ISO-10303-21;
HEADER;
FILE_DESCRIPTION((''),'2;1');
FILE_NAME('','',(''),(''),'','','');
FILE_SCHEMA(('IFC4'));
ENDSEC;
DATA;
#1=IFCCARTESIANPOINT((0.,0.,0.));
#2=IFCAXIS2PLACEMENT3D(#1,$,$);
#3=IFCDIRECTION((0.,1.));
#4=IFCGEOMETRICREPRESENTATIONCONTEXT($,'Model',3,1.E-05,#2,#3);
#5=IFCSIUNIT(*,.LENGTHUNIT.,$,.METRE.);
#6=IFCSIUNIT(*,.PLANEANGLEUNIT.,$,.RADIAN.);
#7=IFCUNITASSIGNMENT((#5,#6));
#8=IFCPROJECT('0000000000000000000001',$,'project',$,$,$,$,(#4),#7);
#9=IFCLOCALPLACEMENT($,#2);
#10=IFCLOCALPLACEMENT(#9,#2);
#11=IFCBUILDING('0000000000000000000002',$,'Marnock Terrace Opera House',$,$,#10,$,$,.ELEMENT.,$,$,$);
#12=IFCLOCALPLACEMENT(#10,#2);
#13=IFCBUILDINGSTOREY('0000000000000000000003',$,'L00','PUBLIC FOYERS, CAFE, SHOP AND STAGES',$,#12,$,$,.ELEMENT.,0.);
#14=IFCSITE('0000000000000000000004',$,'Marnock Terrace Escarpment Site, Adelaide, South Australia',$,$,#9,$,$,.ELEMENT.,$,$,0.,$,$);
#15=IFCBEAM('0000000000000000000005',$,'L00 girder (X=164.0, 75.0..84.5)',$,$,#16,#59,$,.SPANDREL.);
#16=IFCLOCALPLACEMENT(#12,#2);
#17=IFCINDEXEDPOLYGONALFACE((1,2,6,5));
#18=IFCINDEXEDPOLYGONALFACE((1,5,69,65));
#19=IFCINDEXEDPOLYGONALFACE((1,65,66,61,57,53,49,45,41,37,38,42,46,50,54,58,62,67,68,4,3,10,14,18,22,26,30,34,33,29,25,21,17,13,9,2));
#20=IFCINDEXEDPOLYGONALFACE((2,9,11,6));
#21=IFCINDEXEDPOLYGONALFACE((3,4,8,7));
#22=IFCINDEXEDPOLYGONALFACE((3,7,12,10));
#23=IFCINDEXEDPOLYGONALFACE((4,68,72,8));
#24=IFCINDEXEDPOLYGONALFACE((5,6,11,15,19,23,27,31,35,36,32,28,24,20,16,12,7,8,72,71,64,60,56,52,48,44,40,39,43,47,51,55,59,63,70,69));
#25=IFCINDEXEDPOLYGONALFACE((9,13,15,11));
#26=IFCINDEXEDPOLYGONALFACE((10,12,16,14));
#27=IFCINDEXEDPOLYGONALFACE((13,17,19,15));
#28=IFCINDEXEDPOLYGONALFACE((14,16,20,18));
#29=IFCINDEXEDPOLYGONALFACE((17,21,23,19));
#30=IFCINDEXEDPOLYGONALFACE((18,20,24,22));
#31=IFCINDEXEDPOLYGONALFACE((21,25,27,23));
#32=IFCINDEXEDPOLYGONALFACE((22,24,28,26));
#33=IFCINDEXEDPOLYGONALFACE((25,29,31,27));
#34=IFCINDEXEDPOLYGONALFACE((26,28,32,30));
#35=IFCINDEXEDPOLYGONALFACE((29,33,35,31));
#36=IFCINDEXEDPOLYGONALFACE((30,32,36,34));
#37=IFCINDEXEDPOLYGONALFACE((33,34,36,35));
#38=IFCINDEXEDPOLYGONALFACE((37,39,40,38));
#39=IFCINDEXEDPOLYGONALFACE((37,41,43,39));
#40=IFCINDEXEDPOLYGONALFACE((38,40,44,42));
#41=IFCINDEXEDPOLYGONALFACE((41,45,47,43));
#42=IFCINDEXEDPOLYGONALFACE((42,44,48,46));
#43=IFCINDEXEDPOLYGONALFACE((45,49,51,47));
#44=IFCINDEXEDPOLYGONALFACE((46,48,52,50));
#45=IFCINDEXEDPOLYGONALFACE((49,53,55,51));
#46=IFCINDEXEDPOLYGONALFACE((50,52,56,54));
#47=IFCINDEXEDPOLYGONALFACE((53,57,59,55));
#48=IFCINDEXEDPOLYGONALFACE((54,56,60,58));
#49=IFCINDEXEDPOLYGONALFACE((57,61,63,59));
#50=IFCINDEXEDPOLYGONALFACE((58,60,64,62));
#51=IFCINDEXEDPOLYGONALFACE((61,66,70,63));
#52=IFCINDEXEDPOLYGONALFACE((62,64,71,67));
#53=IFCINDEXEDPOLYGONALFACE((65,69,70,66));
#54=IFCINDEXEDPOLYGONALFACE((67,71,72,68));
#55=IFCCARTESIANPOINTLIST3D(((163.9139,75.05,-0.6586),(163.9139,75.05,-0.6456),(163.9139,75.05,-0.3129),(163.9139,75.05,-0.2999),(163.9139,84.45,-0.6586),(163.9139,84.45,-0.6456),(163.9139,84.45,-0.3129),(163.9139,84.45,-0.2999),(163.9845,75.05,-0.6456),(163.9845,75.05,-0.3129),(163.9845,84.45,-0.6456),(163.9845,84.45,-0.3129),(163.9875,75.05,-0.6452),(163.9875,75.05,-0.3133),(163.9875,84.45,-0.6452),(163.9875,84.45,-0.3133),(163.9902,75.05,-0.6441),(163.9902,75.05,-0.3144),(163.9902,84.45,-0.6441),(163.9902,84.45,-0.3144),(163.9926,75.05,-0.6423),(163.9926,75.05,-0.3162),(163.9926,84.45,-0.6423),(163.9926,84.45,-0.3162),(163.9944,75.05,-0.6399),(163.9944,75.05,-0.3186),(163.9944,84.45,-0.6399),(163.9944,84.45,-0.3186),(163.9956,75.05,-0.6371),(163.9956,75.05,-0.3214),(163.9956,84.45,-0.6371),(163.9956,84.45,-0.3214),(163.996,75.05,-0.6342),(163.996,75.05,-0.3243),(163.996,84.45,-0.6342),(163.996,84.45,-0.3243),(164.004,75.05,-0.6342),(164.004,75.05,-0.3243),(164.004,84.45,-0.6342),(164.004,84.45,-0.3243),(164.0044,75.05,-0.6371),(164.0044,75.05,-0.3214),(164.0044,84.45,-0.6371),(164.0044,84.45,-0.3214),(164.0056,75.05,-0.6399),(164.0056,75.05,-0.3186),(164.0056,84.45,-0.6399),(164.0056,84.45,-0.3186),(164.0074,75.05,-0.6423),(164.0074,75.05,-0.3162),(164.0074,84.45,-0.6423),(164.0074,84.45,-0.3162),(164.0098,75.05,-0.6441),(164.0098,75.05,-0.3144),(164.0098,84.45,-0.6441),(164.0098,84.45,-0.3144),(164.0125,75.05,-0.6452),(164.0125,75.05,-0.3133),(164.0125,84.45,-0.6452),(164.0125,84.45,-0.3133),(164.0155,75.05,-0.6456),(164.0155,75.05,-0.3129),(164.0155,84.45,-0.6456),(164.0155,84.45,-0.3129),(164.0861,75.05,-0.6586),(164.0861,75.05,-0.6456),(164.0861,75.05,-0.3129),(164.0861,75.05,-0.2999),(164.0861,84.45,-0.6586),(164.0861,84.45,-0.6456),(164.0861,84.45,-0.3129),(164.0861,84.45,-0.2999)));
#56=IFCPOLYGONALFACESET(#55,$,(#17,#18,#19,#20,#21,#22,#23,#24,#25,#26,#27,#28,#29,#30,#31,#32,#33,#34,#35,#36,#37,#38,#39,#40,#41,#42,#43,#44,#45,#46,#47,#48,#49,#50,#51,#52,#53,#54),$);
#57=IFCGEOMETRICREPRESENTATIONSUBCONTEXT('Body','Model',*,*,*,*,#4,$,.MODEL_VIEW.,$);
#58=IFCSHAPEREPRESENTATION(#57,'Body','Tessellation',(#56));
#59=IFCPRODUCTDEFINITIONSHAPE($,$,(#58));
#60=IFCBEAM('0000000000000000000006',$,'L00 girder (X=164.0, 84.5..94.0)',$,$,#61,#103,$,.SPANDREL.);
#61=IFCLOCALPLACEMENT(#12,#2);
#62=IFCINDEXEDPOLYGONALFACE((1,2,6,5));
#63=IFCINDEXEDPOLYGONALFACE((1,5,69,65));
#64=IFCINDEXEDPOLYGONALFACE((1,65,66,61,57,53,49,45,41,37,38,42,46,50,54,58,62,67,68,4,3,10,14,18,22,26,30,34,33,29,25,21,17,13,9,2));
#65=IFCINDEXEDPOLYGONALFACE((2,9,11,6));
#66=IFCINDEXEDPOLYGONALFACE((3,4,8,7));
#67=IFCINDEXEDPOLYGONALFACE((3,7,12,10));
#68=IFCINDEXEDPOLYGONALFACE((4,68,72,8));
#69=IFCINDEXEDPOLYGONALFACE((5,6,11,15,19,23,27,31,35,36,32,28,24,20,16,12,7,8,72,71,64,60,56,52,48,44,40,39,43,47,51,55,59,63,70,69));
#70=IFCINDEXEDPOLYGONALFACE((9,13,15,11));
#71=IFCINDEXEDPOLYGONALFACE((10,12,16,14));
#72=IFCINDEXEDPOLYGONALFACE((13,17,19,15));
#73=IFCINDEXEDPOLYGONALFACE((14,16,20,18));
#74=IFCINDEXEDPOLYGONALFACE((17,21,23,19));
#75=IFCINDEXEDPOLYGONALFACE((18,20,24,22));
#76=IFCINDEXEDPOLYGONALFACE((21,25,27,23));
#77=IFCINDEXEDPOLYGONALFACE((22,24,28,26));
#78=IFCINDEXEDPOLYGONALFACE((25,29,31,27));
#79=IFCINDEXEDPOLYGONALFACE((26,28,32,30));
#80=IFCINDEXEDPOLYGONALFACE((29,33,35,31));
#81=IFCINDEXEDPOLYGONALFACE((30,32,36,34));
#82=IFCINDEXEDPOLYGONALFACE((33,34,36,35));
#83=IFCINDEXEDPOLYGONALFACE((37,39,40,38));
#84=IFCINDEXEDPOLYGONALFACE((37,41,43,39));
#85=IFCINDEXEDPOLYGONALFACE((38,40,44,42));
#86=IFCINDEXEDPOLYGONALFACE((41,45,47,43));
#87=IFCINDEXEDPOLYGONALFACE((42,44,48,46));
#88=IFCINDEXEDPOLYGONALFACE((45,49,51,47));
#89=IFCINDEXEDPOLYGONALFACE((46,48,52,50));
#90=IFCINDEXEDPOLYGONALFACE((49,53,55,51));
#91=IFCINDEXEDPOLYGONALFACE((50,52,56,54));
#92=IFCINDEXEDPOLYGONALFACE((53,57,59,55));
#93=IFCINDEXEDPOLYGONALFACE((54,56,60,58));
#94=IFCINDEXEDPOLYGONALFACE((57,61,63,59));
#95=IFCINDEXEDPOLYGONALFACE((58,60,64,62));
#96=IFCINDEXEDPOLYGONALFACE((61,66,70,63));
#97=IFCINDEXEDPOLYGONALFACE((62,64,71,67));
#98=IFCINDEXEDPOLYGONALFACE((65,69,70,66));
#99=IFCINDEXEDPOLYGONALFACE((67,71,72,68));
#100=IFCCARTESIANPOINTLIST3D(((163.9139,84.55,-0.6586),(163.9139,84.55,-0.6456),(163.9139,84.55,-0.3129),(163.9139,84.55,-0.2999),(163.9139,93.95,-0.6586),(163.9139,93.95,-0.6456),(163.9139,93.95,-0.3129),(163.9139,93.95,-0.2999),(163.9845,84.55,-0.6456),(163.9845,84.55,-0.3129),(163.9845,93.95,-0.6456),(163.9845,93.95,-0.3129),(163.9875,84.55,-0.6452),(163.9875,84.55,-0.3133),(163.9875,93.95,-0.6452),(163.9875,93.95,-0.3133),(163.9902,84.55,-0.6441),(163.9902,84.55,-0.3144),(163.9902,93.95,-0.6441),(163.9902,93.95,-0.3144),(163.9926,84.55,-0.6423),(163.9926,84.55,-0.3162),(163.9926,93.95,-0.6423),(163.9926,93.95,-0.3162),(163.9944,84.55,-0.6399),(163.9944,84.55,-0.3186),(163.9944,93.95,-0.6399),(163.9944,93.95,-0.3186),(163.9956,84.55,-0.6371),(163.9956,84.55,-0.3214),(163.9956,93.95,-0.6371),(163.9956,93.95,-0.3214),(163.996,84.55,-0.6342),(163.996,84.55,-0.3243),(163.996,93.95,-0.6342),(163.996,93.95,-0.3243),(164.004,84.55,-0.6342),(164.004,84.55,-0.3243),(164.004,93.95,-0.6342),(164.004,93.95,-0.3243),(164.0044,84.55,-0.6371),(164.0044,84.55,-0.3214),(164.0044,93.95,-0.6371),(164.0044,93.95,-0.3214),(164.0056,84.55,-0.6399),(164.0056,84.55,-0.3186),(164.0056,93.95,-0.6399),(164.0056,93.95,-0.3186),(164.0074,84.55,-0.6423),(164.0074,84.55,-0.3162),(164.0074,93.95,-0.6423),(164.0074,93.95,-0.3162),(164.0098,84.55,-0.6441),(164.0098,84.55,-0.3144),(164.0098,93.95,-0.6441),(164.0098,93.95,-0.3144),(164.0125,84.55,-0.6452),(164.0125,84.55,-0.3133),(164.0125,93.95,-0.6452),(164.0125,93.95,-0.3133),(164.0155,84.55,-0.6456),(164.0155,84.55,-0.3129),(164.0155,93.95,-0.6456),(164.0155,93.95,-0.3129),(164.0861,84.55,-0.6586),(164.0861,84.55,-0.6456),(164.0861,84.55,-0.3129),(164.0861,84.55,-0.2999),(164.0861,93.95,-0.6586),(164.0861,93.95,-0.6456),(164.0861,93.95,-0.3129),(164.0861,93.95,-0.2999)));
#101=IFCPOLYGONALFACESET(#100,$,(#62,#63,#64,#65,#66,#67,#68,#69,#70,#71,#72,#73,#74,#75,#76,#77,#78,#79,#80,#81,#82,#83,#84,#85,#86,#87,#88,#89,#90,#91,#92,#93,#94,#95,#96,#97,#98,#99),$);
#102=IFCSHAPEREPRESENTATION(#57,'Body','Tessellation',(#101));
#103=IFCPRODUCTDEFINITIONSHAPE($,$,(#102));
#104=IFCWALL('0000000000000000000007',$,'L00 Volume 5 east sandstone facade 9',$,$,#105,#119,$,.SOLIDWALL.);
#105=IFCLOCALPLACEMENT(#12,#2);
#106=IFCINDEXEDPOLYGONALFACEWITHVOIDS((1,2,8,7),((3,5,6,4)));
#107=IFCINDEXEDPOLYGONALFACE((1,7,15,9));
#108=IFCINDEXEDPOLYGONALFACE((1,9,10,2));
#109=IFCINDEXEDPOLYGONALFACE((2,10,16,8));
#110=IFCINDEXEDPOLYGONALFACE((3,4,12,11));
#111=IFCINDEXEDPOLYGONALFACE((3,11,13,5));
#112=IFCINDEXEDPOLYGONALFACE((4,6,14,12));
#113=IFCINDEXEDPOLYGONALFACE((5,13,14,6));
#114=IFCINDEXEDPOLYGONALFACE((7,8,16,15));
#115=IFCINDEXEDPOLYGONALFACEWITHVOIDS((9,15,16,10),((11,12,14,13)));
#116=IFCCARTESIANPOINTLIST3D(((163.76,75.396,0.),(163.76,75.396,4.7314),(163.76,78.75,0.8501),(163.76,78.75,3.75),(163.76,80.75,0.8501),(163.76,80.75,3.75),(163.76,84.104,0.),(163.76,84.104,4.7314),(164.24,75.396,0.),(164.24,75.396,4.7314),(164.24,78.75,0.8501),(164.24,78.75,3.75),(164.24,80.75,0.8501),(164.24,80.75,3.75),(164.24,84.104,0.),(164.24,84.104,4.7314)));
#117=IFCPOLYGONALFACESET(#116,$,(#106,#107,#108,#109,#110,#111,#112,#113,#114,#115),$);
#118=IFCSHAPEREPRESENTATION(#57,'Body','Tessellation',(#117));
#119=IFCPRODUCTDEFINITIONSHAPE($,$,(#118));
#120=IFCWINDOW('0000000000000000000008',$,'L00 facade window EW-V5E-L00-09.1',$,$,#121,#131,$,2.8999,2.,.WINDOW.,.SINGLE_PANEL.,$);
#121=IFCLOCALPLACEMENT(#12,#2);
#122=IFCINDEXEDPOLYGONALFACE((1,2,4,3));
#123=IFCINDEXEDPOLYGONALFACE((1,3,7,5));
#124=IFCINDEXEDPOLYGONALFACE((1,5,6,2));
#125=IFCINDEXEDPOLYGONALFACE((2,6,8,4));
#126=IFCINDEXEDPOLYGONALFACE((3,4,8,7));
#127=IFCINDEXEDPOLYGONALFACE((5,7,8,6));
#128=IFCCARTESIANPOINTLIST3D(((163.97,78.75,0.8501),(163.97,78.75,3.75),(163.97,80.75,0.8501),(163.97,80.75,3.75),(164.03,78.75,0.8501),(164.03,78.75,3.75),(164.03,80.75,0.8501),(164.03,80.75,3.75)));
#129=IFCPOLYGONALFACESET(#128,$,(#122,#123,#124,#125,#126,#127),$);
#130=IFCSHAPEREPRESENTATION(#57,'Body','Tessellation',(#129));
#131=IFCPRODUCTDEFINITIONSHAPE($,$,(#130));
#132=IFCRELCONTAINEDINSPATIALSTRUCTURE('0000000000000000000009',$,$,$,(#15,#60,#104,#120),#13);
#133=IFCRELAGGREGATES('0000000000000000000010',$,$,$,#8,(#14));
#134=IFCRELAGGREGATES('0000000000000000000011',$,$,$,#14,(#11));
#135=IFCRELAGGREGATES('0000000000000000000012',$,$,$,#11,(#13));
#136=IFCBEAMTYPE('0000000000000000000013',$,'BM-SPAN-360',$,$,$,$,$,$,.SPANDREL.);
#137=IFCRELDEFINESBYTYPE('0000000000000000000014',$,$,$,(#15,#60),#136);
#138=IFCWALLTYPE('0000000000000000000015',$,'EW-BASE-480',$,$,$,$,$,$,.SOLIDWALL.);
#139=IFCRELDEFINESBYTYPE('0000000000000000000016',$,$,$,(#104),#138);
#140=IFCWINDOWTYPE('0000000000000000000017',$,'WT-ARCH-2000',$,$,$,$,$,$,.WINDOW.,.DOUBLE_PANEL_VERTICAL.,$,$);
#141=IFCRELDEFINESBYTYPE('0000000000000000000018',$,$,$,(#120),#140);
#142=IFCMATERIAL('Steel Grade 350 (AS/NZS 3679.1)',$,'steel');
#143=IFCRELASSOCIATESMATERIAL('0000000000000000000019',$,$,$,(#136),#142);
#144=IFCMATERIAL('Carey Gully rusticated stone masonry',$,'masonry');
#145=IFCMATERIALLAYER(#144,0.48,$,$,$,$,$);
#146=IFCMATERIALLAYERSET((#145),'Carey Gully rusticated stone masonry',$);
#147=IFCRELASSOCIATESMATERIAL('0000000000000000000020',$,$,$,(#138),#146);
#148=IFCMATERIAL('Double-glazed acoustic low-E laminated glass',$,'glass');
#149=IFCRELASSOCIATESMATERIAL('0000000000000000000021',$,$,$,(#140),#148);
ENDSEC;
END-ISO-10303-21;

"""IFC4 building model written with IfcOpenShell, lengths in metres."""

from ifc_helpers import new_model, si_unit, direction, frame, frame_2d, origin, origin_2d, place, context, subcontext, project, spatial, rectangle, i_section, extrude, material, layer, layer_set, material_profile, profile_set, type_object, element, fill, save


model = new_model("IFC4")

# Units and contexts
model_context = context("Model", 3, precision=1e-05, world=origin(), true_north=direction((0.0, 1.0)))
body_context = subcontext(model_context, "Body", "Model", "MODEL_VIEW")
ifc_project = project(units=[si_unit("LENGTHUNIT", "METRE"), si_unit("PLANEANGLEUNIT", "RADIAN")], contexts=[model_context])

# Site, building, storey
site_placement = place(None, origin())
site = spatial("IfcSite", under=ifc_project, at=site_placement, Name="Marnock Terrace Escarpment Site, Adelaide, South Australia", CompositionType="ELEMENT", RefElevation=0.0)
building_placement = place(site_placement, origin())
building = spatial("IfcBuilding", under=site, at=building_placement, Name="Marnock Terrace Opera House", CompositionType="ELEMENT")
storey_placement = place(building_placement, origin())
storey = spatial("IfcBuildingStorey", under=building, at=storey_placement, Name="L00", Description="PUBLIC FOYERS, CAFE, SHOP AND STAGES", CompositionType="ELEMENT", Elevation=0.0)

# Beams
ifc_material_1 = material(Name="Steel Grade 350 (AS/NZS 3679.1)", Category="steel")
ifc_material_profile_1 = material_profile(ifc_material_1, i_section(OverallWidth=0.1721, OverallDepth=0.3586, WebThickness=0.0081, FlangeThickness=0.0129, FilletRadius=0.0115, at=origin_2d()))
ifc_profile_set_1 = profile_set([ifc_material_profile_1], Name="Steel Grade 350 (AS/NZS 3679.1)")
beam_type_1 = type_object("IfcBeamType", Name="BM-SPAN-360", PredefinedType="SPANDREL", material=ifc_profile_set_1)
for number, where, z_axis, x_axis, name in (
    (1, (164.0, 75.05, -0.4792), (0.0, 1.0, 0.0), (-1.0, 0.0, 0.0), "L00 girder (X=164.0, 75.0..84.5)"),
    (2, (164.0, 84.55, -0.4792), (0.0, 1.0, 0.0), (-1.0, 0.0, 0.0), "L00 girder (X=164.0, 84.5..94.0)"),
):
    element("IfcBeam", number, at=place(storey_placement, frame(where, z_axis=z_axis, x_axis=x_axis)), inside=storey, type_object=beam_type_1, Name=name, PredefinedType="SPANDREL", context=body_context, shape_type="SweptSolid", body=[
        extrude(i_section(OverallWidth=0.1721, OverallDepth=0.3586, WebThickness=0.0081, FlangeThickness=0.0129, FilletRadius=0.0115, at=origin_2d()), origin(), (0.0, 0.0, 1.0), 9.3999),
    ])

# Wall, opening, window
ifc_material_2 = material(Name="Carey Gully rusticated stone masonry", Category="masonry")
ifc_layer = layer(ifc_material_2, 0.48)
ifc_layer_set = layer_set([ifc_layer], Name="Carey Gully rusticated stone masonry")
wall_type = type_object("IfcWallType", Name="EW-BASE-480", PredefinedType="SOLIDWALL", material=ifc_layer_set)
wall_placement = place(storey_placement, frame((164.0, 75.396, 0.0), z_axis=(0.0, 0.0, 1.0), x_axis=(0.0, 1.0, 0.0)))
wall = element("IfcWall", 3, at=wall_placement, inside=storey, type_object=wall_type, Name="L00 Volume 5 east sandstone facade 9", PredefinedType="SOLIDWALL", context=body_context, shape_type="SweptSolid", body=[
    extrude(rectangle(XDim=8.708, YDim=0.48, at=frame_2d((4.354, 0.0))), origin(), (0.0, 0.0, 1.0), 4.7314),
])
opening_placement = place(wall_placement, frame((3.354, 0.0, 0.8501)))
opening = element("IfcOpeningElement", 4, at=opening_placement, cuts=wall, PredefinedType="OPENING", context=body_context, shape_type="SweptSolid", body=[
    extrude(rectangle(XDim=2.0, YDim=2.8999, at=frame_2d((1.0, 1.45))), frame((0.0, 0.25, 0.0), z_axis=(0.0, -1.0, 0.0), x_axis=(1.0, 0.0, 0.0)), (0.0, 0.0, 1.0), 0.5),
])
ifc_material_3 = material(Name="Double-glazed acoustic low-E laminated glass", Category="glass")
window_type = type_object("IfcWindowType", Name="WT-ARCH-2000", PartitioningType="DOUBLE_PANEL_VERTICAL", PredefinedType="WINDOW", material=ifc_material_3)
window_placement = place(opening_placement, origin())
window = element("IfcWindow", 5, at=window_placement, inside=storey, type_object=window_type, Name="L00 facade window EW-V5E-L00-09.1", OverallHeight=2.8999, OverallWidth=2.0, PartitioningType="SINGLE_PANEL", PredefinedType="WINDOW", context=body_context, shape_type="SweptSolid", body=[
    extrude(rectangle(XDim=2.0, YDim=2.8999, at=frame_2d((1.0, 1.45))), frame((0.0, 0.03, 0.0), z_axis=(0.0, -1.0, 0.0), x_axis=(1.0, 0.0, 0.0)), (0.0, 0.0, 1.0), 0.0601),
])
fill(opening, window)

save(model, "model.ifc")
